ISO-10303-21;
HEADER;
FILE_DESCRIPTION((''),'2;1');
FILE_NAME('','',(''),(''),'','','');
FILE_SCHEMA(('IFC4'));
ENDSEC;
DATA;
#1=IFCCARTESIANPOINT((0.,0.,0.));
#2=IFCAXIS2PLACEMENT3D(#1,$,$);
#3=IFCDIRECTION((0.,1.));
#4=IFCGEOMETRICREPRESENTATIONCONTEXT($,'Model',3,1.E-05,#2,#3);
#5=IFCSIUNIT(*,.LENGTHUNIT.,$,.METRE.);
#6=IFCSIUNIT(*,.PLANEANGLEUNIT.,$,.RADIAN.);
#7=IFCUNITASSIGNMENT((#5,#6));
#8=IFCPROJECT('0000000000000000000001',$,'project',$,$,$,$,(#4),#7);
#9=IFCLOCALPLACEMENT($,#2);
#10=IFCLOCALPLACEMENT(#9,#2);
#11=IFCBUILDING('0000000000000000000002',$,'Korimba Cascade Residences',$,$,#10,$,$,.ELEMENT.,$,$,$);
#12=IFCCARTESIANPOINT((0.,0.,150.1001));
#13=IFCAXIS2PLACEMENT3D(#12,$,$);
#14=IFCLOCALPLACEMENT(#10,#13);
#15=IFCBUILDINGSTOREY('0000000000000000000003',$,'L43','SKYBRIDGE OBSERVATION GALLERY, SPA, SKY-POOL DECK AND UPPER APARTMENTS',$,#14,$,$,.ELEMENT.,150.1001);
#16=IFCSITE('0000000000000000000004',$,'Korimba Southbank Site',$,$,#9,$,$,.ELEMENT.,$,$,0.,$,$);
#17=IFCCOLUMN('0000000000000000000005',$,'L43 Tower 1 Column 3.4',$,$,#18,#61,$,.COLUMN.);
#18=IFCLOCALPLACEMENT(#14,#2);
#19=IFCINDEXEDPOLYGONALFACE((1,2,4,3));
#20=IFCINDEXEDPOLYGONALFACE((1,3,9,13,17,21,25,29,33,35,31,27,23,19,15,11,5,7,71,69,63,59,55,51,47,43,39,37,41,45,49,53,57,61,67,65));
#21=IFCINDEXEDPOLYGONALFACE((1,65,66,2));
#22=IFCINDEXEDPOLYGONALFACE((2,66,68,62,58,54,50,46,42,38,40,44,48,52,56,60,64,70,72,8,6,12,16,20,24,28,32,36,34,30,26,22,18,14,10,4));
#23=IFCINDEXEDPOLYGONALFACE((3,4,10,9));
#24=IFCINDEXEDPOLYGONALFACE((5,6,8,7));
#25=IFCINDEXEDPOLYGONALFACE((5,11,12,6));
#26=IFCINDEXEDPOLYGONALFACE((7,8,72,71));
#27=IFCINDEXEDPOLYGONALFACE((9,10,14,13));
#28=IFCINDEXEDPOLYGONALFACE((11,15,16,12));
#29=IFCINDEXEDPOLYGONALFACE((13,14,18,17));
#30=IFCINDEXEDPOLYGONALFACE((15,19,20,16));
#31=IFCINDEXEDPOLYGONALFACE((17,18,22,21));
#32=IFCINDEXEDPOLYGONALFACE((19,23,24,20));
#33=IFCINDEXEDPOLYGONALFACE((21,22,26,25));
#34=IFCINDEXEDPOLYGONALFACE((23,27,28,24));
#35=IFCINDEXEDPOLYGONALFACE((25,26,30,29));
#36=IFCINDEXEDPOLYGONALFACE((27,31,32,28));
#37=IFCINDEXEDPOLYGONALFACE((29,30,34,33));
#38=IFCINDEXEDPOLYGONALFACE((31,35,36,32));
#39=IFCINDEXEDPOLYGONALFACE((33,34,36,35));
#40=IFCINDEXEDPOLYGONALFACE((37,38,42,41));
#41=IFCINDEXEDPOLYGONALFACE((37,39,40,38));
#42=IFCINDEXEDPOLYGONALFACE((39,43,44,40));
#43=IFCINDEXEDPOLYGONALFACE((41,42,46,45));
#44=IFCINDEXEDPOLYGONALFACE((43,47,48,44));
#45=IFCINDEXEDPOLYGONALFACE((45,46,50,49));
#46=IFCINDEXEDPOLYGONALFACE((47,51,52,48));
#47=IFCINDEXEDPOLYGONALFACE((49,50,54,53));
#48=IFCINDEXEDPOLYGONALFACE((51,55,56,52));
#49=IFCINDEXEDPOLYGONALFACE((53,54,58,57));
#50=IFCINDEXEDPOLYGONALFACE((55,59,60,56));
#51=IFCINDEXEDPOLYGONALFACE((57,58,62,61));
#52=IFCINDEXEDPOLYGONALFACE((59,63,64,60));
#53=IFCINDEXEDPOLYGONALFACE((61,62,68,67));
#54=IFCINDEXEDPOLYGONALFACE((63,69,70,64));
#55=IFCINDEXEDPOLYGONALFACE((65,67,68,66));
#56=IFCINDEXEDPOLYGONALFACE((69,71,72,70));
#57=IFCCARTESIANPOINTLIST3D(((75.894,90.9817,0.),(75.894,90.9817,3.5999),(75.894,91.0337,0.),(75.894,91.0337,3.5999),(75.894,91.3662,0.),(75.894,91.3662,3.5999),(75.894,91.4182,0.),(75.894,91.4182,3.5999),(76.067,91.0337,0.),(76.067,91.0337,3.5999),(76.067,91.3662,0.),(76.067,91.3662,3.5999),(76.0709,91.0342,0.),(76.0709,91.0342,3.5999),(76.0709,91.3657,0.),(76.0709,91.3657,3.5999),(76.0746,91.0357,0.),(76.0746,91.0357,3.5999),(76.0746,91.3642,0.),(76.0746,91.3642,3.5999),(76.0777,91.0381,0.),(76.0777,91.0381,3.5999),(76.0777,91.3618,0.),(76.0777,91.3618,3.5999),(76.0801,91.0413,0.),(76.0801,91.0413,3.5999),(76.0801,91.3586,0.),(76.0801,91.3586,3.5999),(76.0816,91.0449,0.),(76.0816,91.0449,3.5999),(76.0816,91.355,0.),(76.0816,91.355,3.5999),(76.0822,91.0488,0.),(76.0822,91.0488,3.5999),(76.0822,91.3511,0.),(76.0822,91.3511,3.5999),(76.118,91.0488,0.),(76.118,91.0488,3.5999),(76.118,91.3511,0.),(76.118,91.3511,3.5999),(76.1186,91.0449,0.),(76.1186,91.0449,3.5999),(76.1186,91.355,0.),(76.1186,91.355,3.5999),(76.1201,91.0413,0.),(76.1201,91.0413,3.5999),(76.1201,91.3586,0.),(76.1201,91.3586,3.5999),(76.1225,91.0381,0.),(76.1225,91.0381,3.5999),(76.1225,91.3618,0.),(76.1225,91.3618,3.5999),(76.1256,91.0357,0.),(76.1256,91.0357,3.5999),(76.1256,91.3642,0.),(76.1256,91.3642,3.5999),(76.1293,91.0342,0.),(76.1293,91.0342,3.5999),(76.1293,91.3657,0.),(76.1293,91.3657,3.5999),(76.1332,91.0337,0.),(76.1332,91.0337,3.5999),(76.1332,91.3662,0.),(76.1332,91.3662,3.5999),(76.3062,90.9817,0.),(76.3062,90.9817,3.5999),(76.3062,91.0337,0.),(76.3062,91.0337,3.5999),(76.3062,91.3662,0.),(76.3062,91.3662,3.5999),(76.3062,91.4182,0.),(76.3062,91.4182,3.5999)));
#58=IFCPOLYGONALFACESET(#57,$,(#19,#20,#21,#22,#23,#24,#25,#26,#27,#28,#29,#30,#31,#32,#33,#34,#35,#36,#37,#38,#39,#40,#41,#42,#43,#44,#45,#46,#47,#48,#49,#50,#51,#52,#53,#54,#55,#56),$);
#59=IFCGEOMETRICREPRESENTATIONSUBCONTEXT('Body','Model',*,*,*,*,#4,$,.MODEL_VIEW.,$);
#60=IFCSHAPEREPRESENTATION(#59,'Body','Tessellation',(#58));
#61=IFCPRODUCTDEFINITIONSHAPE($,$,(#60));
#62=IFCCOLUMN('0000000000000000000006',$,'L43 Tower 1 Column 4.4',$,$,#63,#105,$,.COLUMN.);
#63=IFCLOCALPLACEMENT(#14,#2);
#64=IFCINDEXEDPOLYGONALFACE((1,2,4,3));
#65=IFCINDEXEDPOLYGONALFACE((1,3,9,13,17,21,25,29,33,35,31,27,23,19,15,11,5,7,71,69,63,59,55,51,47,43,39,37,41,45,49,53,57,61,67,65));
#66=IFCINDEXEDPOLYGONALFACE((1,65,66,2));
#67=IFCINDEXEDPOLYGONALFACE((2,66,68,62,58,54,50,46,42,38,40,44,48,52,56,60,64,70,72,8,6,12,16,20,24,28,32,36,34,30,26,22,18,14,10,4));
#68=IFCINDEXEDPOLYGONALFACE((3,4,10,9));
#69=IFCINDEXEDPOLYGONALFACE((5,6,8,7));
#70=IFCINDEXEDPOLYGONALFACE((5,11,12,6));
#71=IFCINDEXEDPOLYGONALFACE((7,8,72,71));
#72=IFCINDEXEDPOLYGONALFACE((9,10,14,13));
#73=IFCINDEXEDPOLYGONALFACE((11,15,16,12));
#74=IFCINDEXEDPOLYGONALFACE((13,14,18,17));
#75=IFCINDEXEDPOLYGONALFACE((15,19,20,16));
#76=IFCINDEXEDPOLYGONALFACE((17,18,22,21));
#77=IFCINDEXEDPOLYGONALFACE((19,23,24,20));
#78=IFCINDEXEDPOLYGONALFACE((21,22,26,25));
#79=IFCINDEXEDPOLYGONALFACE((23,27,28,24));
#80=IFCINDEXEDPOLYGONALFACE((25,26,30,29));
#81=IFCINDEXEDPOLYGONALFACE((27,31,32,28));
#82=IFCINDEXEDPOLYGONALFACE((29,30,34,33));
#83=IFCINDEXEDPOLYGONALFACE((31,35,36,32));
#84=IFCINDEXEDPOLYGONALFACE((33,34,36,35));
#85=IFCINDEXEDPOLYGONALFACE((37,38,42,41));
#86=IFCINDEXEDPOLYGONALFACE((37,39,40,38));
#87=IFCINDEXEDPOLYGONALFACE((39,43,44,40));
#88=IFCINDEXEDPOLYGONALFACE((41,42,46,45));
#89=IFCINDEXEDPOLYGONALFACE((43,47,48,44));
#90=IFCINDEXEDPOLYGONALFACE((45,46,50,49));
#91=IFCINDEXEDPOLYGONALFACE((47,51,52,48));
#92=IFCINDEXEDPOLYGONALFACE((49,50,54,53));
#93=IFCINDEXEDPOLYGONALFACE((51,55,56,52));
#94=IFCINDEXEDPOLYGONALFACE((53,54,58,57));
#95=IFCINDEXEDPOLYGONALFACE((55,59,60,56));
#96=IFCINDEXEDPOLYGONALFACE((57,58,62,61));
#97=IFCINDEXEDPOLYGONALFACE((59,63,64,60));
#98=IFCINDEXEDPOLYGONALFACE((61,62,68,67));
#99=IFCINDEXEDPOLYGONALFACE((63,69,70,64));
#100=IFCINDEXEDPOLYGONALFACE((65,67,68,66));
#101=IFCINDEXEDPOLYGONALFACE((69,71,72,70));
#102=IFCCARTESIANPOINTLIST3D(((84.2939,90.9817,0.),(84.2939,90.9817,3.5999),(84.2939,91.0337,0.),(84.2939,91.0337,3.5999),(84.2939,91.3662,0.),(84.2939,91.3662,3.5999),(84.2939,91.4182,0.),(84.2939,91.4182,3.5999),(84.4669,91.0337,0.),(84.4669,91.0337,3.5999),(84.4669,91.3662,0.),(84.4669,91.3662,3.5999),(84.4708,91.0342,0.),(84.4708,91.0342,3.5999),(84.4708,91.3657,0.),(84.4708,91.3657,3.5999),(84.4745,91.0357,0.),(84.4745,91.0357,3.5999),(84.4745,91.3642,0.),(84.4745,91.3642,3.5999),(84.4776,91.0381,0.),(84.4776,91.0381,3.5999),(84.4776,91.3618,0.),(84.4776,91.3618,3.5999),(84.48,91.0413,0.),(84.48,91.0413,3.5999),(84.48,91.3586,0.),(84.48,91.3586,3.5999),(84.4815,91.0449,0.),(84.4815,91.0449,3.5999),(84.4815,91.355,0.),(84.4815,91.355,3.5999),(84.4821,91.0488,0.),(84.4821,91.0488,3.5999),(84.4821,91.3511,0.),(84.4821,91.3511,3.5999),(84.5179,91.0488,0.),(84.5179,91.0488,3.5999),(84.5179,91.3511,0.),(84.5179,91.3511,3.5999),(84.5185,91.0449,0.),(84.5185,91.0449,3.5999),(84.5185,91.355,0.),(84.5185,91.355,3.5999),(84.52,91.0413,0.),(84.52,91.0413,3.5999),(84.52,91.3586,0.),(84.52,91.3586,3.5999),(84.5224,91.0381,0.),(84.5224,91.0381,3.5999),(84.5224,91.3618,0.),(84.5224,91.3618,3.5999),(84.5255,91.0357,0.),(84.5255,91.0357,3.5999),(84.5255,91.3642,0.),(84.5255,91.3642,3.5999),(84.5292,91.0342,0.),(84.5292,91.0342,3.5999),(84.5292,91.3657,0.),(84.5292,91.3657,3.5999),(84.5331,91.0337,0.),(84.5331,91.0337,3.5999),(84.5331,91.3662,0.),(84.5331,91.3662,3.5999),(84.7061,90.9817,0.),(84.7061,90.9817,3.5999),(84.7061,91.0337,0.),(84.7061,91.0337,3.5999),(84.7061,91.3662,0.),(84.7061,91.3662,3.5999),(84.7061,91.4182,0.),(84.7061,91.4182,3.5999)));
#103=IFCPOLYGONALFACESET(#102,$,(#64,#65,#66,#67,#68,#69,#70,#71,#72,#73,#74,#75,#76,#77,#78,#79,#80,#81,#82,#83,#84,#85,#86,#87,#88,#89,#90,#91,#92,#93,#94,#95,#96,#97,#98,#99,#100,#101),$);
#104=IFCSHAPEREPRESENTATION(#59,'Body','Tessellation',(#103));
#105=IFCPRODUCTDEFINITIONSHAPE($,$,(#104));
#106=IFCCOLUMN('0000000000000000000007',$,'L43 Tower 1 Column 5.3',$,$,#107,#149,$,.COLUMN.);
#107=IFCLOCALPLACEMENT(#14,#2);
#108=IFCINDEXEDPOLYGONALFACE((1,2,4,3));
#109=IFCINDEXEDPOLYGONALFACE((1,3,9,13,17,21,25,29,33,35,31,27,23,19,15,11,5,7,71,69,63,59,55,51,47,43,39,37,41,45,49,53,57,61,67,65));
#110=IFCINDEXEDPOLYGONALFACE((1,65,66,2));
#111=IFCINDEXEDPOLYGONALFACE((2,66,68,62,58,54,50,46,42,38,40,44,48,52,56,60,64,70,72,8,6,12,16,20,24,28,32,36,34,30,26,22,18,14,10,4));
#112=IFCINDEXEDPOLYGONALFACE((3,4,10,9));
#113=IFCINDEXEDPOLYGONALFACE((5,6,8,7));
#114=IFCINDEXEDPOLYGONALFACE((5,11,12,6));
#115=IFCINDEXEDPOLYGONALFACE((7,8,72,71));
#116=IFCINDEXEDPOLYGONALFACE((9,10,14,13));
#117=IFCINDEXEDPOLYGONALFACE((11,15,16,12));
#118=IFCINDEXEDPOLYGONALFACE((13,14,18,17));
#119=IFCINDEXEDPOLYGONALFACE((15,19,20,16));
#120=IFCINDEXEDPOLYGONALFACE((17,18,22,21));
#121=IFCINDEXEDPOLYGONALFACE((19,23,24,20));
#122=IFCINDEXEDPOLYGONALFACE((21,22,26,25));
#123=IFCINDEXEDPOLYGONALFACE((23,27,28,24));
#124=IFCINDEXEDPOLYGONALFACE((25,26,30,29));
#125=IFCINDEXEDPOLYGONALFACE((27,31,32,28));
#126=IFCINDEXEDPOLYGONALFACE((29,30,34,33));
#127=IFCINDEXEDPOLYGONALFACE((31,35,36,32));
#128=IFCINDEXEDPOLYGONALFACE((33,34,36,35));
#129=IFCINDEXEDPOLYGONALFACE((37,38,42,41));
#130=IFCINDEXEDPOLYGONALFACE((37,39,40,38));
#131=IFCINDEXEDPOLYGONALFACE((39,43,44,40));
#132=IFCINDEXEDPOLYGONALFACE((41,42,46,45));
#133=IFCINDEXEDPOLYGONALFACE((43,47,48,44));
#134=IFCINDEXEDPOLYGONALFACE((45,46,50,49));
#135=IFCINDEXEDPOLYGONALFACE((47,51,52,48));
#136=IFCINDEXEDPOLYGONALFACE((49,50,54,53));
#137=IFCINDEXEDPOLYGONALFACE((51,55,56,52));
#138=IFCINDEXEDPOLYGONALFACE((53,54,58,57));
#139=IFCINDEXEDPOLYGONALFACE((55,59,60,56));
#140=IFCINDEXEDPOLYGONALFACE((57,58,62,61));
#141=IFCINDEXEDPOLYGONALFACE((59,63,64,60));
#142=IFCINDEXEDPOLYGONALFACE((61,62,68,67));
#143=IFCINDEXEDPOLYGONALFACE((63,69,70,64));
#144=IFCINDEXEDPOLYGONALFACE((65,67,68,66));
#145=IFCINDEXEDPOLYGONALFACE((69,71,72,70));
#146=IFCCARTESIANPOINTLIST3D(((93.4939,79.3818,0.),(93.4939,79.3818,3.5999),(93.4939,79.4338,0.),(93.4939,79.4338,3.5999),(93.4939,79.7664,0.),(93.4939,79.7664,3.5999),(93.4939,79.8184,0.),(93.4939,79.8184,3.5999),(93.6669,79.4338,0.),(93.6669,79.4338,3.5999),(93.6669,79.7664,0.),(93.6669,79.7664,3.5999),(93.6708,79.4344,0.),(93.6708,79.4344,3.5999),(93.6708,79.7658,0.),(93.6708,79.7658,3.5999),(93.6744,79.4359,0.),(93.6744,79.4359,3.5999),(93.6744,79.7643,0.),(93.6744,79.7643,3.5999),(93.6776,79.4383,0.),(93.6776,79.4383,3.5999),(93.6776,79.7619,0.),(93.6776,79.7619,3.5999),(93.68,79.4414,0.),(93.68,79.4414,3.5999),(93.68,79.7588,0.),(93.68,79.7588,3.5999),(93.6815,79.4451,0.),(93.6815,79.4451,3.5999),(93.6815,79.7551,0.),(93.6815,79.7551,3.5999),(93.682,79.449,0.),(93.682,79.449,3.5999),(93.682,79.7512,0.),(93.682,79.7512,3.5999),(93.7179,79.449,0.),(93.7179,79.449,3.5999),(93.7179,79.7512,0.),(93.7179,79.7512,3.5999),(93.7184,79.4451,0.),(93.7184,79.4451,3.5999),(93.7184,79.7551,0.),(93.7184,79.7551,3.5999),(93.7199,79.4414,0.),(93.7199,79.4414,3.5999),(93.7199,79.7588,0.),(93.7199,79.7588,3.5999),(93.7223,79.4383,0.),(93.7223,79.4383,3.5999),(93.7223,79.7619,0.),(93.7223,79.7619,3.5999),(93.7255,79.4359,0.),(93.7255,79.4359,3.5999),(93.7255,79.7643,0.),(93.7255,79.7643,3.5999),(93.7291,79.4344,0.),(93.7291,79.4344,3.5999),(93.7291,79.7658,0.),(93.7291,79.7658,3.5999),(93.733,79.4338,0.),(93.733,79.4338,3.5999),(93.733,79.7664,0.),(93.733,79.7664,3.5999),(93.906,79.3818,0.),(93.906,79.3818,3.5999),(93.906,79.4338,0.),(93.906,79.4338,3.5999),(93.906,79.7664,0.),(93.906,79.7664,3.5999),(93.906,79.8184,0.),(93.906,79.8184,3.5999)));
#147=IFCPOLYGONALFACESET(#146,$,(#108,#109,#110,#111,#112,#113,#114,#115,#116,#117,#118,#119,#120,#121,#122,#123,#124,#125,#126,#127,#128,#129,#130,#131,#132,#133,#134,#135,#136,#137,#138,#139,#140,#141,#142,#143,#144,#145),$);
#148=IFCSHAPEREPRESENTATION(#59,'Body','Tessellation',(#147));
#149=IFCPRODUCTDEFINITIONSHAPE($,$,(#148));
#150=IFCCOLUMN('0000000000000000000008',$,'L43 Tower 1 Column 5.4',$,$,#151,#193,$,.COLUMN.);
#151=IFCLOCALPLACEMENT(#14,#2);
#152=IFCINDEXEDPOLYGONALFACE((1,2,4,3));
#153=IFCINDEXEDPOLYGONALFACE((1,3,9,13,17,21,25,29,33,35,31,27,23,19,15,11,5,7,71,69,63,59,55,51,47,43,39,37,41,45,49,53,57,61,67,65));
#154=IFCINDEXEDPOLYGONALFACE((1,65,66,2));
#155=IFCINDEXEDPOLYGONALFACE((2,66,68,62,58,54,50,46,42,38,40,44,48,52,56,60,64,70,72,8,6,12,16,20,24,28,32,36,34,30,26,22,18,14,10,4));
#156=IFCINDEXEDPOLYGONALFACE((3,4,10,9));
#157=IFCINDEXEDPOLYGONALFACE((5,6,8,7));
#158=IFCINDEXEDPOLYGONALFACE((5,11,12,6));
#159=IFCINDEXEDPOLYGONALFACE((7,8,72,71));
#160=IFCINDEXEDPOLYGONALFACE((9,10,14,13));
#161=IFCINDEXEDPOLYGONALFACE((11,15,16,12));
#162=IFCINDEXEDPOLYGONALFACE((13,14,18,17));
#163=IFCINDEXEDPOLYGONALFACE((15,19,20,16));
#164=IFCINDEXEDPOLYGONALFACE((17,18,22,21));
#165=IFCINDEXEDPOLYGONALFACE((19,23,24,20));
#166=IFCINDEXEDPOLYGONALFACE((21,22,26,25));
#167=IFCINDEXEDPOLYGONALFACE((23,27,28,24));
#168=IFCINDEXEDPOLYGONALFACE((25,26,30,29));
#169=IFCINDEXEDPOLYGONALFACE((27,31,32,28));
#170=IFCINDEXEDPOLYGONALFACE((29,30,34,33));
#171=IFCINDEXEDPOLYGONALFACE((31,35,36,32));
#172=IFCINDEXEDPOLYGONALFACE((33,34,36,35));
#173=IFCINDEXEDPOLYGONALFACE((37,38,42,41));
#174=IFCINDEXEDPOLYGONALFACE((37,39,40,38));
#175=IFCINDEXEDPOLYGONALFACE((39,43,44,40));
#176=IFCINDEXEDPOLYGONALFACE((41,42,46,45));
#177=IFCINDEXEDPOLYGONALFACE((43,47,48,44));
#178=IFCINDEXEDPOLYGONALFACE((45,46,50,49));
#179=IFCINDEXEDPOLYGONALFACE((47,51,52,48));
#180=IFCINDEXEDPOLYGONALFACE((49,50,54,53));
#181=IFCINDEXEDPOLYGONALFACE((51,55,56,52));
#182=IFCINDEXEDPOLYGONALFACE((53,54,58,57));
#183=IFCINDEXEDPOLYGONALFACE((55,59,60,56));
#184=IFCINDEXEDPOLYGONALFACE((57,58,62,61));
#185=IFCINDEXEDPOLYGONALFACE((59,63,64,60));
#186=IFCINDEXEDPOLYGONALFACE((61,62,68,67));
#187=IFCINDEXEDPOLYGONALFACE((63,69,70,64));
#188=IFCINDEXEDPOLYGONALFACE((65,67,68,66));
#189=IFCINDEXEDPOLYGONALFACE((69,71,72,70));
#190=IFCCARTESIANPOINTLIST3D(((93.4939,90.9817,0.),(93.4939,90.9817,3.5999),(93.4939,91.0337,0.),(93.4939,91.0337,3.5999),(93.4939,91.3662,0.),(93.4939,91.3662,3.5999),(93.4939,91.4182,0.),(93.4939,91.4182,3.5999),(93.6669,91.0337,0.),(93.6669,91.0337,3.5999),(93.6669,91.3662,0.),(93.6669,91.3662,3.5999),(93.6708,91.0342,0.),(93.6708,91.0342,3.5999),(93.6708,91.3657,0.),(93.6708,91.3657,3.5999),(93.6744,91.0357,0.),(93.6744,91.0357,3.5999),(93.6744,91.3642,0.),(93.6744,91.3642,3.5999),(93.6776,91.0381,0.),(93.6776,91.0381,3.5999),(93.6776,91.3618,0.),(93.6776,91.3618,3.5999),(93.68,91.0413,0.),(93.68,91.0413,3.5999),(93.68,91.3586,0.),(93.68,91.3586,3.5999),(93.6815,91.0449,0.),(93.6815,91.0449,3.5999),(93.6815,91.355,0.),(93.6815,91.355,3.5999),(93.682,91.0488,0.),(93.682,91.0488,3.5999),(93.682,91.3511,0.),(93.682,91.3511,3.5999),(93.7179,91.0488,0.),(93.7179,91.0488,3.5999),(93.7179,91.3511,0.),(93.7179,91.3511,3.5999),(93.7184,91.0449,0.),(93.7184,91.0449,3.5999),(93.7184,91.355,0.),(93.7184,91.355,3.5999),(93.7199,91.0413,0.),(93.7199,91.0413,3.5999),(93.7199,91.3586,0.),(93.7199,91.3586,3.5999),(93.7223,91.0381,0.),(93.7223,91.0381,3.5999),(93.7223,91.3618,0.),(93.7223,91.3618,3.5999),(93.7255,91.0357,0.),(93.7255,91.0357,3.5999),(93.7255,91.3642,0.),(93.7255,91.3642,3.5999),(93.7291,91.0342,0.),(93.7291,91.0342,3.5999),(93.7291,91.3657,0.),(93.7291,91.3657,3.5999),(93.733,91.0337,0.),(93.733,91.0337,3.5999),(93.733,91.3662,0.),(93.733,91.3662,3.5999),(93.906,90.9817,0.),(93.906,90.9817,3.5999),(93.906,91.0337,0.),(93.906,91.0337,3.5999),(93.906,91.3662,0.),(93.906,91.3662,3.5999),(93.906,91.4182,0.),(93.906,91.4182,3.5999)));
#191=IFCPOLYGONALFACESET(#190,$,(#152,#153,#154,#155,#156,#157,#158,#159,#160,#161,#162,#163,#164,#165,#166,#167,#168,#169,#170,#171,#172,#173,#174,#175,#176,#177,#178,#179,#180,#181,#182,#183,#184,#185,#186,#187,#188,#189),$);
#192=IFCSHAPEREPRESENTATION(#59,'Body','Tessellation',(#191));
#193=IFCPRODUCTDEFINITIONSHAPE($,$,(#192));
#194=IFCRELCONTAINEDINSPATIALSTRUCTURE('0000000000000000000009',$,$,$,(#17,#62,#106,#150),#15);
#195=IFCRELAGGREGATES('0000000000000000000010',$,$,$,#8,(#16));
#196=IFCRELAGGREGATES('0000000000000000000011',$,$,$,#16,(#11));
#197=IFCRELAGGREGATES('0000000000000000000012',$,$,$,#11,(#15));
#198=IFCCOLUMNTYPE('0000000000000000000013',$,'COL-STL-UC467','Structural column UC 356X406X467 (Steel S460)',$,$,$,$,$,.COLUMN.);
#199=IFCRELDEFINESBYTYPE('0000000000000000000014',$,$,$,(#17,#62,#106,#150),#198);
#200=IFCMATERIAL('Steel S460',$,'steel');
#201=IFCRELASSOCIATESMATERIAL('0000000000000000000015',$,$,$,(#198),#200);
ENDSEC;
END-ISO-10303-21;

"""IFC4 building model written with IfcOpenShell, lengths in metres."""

from ifc_helpers import new_model, si_unit, direction, frame, origin, origin_2d, place, context, subcontext, project, spatial, i_section, extrude, material, material_profile, profile_set, type_object, element, save


model = new_model("IFC4")

# Units and contexts
model_context = context("Model", 3, precision=1e-05, world=origin(), true_north=direction((0.0, 1.0)))
body_context = subcontext(model_context, "Body", "Model", "MODEL_VIEW")
ifc_project = project(units=[si_unit("LENGTHUNIT", "METRE"), si_unit("PLANEANGLEUNIT", "RADIAN")], contexts=[model_context])

# Site, building, storey
site_placement = place(None, origin())
site = spatial("IfcSite", under=ifc_project, at=site_placement, Name="Korimba Southbank Site", CompositionType="ELEMENT", RefElevation=0.0)
building_placement = place(site_placement, origin())
building = spatial("IfcBuilding", under=site, at=building_placement, Name="Korimba Cascade Residences", CompositionType="ELEMENT")
storey_placement = place(building_placement, frame((0.0, 0.0, 150.1001)))
storey = spatial("IfcBuildingStorey", under=building, at=storey_placement, Name="L43", Description="SKYBRIDGE OBSERVATION GALLERY, SPA, SKY-POOL DECK AND UPPER APARTMENTS", CompositionType="ELEMENT", Elevation=150.1001)

# Columns
ifc_material_1 = material(Name="Steel S460", Category="steel")
ifc_material_profile_1 = material_profile(ifc_material_1, i_section(OverallWidth=0.4121, OverallDepth=0.4365, WebThickness=0.0359, FlangeThickness=0.052, FilletRadius=0.0151, at=origin_2d()), Name="Steel S460")
ifc_profile_set_1 = profile_set([ifc_material_profile_1], Name="Steel S460")
column_type = type_object("IfcColumnType", Name="COL-STL-UC467", Description="Structural column UC 356X406X467 (Steel S460)", PredefinedType="COLUMN", material=ifc_profile_set_1)
for number, where, z_axis, x_axis, name in (
    (1, (76.1001, 91.2, 0.0), (0.0, 0.0, 1.0), (1.0, 0.0, 0.0), "L43 Tower 1 Column 3.4"),
    (2, (84.5, 91.2, 0.0), (0.0, 0.0, 1.0), (1.0, 0.0, 0.0), "L43 Tower 1 Column 4.4"),
    (3, (93.7, 79.6001, 0.0), (0.0, 0.0, 1.0), (1.0, 0.0, 0.0), "L43 Tower 1 Column 5.3"),
    (4, (93.7, 91.2, 0.0), (0.0, 0.0, 1.0), (1.0, 0.0, 0.0), "L43 Tower 1 Column 5.4"),
):
    element("IfcColumn", number, at=place(storey_placement, frame(where, z_axis=z_axis, x_axis=x_axis)), inside=storey, type_object=column_type, Name=name, PredefinedType="COLUMN", context=body_context, shape_type="SweptSolid", body=[
        extrude(i_section(OverallWidth=0.4121, OverallDepth=0.4365, WebThickness=0.0359, FlangeThickness=0.052, FilletRadius=0.0151, at=origin_2d()), origin(), (0.0, 0.0, 1.0), 3.5999),
    ])

save(model, "model.ifc")
